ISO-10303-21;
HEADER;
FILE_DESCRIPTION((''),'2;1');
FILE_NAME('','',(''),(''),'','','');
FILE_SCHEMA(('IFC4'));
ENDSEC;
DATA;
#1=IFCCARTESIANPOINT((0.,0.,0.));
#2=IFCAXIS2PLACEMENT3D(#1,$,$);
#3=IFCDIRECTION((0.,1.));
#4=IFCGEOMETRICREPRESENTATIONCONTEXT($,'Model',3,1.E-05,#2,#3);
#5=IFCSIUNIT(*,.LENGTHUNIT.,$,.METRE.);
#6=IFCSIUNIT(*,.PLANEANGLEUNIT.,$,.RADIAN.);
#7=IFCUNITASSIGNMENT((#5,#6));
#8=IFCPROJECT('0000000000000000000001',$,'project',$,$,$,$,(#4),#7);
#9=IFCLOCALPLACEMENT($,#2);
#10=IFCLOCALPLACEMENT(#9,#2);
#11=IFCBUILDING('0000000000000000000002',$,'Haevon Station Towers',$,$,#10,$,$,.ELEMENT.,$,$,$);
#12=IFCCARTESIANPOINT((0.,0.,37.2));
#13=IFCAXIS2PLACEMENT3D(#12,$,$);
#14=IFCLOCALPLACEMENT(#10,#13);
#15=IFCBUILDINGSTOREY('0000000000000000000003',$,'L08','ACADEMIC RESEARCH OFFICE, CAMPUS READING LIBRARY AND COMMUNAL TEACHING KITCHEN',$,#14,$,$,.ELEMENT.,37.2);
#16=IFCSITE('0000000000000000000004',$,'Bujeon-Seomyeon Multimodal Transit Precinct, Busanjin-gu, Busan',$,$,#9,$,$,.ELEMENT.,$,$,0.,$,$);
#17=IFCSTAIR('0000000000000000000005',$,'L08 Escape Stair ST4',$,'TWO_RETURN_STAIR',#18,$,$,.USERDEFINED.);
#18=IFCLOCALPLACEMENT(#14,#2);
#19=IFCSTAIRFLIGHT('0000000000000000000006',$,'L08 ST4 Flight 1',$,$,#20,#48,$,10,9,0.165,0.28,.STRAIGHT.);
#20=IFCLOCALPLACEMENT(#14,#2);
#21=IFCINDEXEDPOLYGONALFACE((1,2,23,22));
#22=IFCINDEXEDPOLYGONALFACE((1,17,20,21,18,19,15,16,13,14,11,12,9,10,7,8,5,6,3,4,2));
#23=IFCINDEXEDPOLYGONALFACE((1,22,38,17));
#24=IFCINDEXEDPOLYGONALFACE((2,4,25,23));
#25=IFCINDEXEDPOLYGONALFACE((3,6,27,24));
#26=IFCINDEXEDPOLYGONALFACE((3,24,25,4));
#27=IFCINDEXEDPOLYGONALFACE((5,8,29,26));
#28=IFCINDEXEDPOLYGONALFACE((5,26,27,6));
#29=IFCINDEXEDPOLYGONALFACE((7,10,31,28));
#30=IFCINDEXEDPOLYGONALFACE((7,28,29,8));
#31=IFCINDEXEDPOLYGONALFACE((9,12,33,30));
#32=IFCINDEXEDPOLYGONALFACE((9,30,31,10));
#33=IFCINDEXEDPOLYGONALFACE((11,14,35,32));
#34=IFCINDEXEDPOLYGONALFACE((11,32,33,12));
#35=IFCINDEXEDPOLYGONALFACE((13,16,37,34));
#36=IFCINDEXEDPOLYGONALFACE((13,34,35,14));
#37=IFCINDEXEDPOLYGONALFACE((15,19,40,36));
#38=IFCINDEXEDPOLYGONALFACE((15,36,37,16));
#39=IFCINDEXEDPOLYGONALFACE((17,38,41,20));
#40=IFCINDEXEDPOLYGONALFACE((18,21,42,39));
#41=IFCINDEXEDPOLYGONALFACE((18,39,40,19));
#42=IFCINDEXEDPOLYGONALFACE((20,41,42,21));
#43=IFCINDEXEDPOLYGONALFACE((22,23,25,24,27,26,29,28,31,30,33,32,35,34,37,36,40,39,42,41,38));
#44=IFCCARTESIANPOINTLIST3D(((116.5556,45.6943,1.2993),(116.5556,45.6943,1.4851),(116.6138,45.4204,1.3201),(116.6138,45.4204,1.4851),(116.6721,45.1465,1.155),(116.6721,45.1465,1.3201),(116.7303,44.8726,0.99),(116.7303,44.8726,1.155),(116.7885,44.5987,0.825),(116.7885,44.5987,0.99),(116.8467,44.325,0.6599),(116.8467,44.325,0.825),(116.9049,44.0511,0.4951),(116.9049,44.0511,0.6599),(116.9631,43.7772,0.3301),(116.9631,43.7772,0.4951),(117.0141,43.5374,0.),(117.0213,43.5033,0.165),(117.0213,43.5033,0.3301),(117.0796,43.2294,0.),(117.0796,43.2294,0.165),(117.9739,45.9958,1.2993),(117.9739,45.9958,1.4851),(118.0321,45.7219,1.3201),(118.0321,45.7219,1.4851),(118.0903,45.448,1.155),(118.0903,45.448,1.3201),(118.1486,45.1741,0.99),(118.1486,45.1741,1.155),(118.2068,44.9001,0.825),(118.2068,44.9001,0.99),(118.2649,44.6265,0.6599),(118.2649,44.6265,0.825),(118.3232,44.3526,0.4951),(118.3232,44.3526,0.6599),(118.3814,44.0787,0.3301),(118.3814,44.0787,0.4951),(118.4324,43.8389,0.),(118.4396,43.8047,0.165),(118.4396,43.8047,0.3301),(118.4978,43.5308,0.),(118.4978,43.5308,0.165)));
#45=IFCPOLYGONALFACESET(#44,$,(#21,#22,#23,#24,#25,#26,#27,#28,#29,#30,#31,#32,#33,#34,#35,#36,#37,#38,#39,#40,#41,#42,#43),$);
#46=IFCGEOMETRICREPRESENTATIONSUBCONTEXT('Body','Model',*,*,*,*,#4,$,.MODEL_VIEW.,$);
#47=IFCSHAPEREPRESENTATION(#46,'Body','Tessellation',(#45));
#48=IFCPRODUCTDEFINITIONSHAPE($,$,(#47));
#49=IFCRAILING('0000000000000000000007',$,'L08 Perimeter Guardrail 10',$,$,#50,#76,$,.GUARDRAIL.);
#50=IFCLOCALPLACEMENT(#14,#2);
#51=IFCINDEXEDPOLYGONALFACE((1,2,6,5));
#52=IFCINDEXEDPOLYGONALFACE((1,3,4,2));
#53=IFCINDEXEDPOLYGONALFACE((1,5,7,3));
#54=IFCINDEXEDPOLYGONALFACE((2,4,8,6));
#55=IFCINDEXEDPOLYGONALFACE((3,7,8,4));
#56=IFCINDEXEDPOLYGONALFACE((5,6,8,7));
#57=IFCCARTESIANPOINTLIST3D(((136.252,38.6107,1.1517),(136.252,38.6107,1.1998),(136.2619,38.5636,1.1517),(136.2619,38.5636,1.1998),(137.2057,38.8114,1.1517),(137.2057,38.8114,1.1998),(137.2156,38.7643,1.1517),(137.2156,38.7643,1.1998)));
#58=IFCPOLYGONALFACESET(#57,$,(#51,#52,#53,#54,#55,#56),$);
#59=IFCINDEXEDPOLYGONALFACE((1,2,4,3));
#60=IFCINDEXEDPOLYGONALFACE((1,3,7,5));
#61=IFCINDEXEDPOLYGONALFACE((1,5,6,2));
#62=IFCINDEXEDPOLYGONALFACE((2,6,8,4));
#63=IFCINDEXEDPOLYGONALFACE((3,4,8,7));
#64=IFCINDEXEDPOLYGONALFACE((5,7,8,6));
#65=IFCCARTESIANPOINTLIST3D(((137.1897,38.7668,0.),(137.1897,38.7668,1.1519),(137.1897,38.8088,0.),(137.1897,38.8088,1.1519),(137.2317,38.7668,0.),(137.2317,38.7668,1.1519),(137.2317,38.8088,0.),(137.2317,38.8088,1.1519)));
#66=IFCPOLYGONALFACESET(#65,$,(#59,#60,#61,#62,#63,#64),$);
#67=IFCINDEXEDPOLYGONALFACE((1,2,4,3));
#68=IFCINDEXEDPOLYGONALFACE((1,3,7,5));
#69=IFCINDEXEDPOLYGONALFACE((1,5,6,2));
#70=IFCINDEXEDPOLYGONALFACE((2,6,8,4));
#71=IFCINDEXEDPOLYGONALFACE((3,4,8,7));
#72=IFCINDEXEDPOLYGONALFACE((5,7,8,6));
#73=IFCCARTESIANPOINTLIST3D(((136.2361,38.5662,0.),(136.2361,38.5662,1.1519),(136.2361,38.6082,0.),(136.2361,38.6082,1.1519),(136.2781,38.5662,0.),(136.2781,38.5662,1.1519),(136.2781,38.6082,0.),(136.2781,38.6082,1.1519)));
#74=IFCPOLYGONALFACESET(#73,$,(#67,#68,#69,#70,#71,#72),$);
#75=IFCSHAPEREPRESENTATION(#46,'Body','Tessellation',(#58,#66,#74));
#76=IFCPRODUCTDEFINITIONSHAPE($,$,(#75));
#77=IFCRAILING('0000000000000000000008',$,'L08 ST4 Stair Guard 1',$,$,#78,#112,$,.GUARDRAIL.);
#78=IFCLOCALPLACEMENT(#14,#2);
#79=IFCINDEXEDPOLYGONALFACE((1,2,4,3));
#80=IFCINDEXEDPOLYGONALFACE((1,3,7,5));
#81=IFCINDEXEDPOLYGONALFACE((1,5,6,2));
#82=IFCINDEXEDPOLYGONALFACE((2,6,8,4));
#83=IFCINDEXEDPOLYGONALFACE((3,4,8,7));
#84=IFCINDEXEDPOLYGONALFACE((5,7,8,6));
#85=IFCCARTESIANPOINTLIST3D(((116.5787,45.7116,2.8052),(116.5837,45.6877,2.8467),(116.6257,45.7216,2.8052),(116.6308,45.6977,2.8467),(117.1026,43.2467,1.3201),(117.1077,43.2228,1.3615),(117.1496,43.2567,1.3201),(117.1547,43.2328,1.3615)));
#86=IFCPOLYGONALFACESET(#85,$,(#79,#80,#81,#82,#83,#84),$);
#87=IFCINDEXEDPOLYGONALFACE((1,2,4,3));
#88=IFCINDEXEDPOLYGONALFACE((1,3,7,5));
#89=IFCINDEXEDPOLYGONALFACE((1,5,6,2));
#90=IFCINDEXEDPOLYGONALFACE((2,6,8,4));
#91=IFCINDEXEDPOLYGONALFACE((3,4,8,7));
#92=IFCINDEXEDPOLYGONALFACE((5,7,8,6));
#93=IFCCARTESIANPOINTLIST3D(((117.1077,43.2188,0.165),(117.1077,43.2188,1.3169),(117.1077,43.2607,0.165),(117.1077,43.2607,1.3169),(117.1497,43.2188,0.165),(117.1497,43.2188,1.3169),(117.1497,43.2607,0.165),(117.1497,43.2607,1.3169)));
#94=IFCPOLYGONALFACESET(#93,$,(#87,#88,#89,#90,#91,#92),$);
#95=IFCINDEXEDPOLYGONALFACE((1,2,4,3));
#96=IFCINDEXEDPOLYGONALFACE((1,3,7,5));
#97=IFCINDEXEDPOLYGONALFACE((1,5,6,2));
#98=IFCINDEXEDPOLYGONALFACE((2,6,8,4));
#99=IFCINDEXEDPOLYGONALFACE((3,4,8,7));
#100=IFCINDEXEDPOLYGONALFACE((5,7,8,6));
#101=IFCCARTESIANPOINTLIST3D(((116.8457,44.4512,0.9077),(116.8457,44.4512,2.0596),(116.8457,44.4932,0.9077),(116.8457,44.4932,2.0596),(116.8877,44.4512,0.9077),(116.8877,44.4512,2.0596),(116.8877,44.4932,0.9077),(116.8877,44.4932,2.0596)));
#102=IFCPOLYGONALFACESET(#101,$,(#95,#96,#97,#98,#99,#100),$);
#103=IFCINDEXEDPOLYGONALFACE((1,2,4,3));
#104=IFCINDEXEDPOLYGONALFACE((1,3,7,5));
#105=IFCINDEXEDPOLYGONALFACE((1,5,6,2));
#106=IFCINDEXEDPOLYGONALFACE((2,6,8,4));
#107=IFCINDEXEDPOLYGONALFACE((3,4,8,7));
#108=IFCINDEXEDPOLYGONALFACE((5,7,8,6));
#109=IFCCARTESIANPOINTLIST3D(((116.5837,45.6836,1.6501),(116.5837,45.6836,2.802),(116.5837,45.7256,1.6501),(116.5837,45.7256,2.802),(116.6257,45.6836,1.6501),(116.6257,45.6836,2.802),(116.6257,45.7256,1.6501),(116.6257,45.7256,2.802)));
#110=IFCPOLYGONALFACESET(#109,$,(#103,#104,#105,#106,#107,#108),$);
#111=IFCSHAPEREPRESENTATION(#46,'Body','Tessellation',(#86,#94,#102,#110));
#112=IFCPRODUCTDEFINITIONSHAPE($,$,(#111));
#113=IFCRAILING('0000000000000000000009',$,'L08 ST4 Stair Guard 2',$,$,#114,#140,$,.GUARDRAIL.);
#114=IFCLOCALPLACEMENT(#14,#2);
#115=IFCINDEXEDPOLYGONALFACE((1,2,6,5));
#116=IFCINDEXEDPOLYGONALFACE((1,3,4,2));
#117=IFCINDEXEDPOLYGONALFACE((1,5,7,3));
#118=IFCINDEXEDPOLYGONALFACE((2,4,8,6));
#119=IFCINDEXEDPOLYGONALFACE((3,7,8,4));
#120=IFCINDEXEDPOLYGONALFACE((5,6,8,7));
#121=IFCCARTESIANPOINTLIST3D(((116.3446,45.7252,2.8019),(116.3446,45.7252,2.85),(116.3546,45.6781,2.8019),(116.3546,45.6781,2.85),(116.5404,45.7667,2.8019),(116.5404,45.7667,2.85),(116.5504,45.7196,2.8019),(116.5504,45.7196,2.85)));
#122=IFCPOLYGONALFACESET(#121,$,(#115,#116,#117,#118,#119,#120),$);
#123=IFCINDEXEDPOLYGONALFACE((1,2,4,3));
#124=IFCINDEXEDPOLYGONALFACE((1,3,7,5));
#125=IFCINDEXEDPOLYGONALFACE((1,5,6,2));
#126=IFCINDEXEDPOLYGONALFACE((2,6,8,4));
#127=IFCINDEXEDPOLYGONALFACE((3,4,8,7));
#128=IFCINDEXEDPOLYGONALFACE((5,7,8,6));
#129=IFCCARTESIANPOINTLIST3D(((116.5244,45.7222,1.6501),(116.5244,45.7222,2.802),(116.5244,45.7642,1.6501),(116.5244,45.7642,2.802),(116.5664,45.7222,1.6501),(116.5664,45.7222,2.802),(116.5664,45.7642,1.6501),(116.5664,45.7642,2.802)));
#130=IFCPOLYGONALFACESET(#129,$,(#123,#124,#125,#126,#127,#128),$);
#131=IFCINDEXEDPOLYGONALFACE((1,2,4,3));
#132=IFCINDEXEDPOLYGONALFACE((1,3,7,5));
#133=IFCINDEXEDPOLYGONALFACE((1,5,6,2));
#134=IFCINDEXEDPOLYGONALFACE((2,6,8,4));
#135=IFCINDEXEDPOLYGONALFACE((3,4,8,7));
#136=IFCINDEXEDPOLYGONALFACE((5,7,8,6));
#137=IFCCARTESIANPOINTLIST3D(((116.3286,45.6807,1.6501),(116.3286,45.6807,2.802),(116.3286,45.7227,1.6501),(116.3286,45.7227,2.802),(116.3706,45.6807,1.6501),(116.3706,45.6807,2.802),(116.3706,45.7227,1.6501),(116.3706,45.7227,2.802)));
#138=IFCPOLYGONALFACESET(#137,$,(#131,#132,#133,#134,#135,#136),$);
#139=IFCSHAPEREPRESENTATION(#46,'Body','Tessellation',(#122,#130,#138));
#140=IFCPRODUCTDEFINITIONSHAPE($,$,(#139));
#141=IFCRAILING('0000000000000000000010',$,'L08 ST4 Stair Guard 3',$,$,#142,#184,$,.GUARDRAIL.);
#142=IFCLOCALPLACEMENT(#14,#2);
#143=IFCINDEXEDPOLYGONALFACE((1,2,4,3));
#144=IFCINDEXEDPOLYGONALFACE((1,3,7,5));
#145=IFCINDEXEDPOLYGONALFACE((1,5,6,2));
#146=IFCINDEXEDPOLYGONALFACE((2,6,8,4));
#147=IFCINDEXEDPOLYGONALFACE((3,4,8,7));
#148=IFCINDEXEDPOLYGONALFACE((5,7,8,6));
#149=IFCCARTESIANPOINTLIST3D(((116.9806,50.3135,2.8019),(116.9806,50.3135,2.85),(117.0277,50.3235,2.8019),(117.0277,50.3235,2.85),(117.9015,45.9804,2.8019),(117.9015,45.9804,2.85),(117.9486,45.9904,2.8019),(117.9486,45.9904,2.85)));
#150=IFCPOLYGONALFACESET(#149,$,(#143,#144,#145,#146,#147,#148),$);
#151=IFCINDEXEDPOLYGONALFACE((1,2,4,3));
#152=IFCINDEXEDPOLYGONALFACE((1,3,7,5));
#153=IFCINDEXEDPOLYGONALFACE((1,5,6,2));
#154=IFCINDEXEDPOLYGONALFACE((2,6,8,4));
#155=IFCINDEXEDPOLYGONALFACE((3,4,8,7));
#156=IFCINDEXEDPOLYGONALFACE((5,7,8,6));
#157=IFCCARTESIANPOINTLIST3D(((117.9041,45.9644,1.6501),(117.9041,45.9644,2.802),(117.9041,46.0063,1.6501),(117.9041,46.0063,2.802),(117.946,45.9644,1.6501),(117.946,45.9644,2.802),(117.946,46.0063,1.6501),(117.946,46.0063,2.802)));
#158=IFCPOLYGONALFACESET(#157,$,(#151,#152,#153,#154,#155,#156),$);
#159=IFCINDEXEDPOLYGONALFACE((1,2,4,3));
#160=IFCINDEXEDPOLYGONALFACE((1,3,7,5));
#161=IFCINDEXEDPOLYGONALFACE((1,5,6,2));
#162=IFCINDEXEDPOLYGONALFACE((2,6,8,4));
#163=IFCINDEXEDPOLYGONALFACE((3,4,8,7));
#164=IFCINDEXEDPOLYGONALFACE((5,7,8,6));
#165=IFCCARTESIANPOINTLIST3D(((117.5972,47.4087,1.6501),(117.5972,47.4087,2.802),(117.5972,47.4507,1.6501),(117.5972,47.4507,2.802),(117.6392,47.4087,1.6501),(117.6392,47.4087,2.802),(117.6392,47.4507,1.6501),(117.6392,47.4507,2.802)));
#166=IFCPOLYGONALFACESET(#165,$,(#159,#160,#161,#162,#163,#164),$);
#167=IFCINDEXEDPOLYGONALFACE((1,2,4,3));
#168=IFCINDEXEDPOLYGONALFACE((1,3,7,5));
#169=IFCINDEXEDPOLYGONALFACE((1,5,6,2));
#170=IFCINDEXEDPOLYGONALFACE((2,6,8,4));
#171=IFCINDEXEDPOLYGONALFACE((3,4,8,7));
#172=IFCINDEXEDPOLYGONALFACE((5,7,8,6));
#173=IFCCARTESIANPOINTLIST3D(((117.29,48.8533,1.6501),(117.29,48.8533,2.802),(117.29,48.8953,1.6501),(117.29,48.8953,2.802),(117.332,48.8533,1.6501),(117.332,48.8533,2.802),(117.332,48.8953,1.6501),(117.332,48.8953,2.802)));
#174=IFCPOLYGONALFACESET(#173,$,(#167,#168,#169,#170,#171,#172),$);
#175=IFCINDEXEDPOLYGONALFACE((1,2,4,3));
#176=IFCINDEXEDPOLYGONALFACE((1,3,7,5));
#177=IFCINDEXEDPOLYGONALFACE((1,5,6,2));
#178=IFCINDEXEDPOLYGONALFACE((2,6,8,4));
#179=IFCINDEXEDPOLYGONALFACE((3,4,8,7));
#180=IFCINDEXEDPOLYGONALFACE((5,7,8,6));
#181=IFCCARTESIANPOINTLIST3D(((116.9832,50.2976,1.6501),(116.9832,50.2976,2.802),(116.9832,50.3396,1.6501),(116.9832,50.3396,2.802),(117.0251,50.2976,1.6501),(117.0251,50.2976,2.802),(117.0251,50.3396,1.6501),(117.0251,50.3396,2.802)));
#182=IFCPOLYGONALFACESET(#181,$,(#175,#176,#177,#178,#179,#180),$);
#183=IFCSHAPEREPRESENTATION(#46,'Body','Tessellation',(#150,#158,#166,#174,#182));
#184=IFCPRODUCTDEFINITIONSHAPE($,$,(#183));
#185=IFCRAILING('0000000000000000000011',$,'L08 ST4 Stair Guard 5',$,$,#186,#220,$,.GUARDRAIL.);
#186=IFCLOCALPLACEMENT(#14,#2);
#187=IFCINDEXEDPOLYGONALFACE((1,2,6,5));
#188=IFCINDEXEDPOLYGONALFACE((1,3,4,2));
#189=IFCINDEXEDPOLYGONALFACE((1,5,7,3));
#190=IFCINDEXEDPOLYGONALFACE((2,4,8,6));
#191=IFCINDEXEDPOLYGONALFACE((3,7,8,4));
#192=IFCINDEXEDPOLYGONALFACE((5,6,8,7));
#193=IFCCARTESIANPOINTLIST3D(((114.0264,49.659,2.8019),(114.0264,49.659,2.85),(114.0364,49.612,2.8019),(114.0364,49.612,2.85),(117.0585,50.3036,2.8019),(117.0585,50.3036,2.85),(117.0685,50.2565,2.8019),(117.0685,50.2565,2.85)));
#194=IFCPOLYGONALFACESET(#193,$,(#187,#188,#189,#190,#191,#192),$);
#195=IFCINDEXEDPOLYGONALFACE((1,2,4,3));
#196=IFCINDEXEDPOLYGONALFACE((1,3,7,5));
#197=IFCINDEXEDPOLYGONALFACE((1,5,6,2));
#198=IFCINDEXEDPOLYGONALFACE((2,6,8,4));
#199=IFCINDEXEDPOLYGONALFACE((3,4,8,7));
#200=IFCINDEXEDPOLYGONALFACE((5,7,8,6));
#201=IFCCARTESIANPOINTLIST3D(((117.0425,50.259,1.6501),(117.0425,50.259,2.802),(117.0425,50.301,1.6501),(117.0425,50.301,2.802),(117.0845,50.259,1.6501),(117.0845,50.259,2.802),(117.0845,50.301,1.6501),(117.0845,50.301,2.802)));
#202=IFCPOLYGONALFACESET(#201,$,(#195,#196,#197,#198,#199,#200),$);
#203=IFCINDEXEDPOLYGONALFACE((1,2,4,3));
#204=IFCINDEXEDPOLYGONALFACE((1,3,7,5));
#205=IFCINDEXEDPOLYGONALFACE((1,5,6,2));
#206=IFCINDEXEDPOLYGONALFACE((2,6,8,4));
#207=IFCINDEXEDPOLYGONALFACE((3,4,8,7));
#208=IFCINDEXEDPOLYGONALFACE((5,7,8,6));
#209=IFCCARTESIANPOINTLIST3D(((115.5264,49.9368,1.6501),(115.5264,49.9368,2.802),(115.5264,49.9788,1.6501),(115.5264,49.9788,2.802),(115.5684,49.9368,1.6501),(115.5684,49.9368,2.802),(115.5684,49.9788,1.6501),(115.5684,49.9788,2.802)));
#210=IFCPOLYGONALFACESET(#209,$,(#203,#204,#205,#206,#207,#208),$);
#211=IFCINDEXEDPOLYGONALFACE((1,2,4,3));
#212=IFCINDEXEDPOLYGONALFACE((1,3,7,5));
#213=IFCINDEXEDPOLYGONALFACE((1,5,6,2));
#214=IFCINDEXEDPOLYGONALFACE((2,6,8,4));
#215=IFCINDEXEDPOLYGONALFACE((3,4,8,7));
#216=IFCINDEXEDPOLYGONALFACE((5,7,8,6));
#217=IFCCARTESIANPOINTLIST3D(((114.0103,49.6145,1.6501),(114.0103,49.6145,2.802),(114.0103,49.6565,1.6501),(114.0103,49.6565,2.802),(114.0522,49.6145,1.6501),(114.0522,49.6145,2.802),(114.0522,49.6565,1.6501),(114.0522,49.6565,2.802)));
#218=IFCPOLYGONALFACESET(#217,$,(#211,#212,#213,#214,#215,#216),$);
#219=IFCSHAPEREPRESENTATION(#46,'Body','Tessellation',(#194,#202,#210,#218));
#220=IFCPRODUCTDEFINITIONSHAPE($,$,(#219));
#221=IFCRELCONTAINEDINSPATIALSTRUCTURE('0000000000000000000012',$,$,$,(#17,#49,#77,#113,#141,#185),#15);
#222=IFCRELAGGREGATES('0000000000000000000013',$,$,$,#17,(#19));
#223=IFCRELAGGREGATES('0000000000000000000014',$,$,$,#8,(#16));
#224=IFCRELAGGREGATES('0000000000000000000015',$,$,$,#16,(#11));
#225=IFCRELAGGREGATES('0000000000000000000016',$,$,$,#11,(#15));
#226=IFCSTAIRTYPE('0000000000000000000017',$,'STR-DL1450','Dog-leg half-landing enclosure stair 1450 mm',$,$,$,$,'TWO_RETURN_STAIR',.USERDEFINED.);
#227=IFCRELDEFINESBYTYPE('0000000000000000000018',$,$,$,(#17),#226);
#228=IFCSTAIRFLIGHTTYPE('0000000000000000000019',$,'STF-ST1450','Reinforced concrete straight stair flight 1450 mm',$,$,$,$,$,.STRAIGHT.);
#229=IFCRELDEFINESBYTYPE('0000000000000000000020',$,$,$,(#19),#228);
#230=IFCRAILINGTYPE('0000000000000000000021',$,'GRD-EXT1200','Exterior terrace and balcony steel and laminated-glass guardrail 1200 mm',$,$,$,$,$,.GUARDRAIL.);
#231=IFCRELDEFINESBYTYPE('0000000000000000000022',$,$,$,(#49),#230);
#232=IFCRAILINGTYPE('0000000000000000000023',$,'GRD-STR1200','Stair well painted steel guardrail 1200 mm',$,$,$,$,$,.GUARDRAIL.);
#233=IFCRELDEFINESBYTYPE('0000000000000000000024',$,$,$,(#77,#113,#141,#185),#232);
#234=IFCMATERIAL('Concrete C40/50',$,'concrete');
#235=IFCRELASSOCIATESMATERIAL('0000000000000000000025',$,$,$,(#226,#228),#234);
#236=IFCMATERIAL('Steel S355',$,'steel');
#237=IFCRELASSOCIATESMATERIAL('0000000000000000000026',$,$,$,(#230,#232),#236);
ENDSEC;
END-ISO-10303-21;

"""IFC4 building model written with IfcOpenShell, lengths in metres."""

from ifc_helpers import new_model, si_unit, direction, frame, origin, origin_2d, place, context, subcontext, project, spatial, polyline, rectangle, outline, extrude, material, type_object, element, aggregate, save


model = new_model("IFC4")

# Units and contexts
model_context = context("Model", 3, precision=1e-05, world=origin(), true_north=direction((0.0, 1.0)))
body_context = subcontext(model_context, "Body", "Model", "MODEL_VIEW")
ifc_project = project(units=[si_unit("LENGTHUNIT", "METRE"), si_unit("PLANEANGLEUNIT", "RADIAN")], contexts=[model_context])

# Site, building, storey
site_placement = place(None, origin())
site = spatial("IfcSite", under=ifc_project, at=site_placement, Name="Bujeon-Seomyeon Multimodal Transit Precinct, Busanjin-gu, Busan", CompositionType="ELEMENT", RefElevation=0.0)
building_placement = place(site_placement, origin())
building = spatial("IfcBuilding", under=site, at=building_placement, Name="Haevon Station Towers", CompositionType="ELEMENT")
storey_placement = place(building_placement, frame((0.0, 0.0, 37.2)))
storey = spatial("IfcBuildingStorey", under=building, at=storey_placement, Name="L08", Description="ACADEMIC RESEARCH OFFICE, CAMPUS READING LIBRARY AND COMMUNAL TEACHING KITCHEN", CompositionType="ELEMENT", Elevation=37.2)

# Shared definitions
ifc_material_1 = material(Name="Steel S355", Category="steel")

# Stair, stair flight
ifc_material_2 = material(Name="Concrete C40/50", Category="concrete")
stair_type = type_object("IfcStairType", Name="STR-DL1450", Description="Dog-leg half-landing enclosure stair 1450 mm", ElementType="TWO_RETURN_STAIR", PredefinedType="USERDEFINED", material=ifc_material_2)
stair_placement = place(storey_placement, origin())
stair = element("IfcStair", 1, at=stair_placement, inside=storey, type_object=stair_type, Name="L08 Escape Stair ST4", ObjectType="TWO_RETURN_STAIR", PredefinedType="USERDEFINED")
stair_flight_type = type_object("IfcStairFlightType", Name="STF-ST1450", Description="Reinforced concrete straight stair flight 1450 mm", PredefinedType="STRAIGHT", material=ifc_material_2)
stair_flight_placement = place(storey_placement, frame((117.7888, 43.3801, 0.0), z_axis=(0.0, 0.0, 1.0), x_axis=(-0.207912, 0.978148, 0.0)))
stair_flight = element("IfcStairFlight", 2, at=stair_flight_placement, type_object=stair_flight_type, Name="L08 ST4 Flight 1", NumberOfRisers=10, NumberOfTreads=9, PredefinedType="STRAIGHT", RiserHeight=0.165, TreadLength=0.28, context=body_context, shape_type="SweptSolid", body=[
    extrude(outline(polyline([(0.0, 0.0), (0.0, 0.165), (0.28, 0.165), (0.28, 0.3301), (0.5601, 0.3301), (0.5601, 0.4951), (0.8401, 0.4951), (0.8401, 0.6599), (1.1201, 0.6599), (1.1201, 0.825), (1.3999, 0.825), (1.3999, 0.99), (1.6799, 0.99), (1.6799, 1.155), (1.96, 1.155), (1.96, 1.3201), (2.24, 1.3201), (2.24, 1.4851), (2.52, 1.4851), (2.52, 1.6499), (2.52, 1.2993), (0.3149, 0.0), (0.0, 0.0)])), frame((0.0, 0.7251, 0.0), z_axis=(0.0, -1.0, 0.0), x_axis=(1.0, 0.0, 0.0)), (0.0, 0.0, 1.0), 1.45),
])
aggregate(stair, [stair_flight])

# Railings
railing_type_1 = type_object("IfcRailingType", Name="GRD-EXT1200", Description="Exterior terrace and balcony steel and laminated-glass guardrail 1200 mm", PredefinedType="GUARDRAIL", material=ifc_material_1)
railing_1_placement = place(storey_placement, frame((137.2107, 38.7878, 0.0)))
element("IfcRailing", 3, at=railing_1_placement, inside=storey, type_object=railing_type_1, Name="L08 Perimeter Guardrail 10", PredefinedType="GUARDRAIL", context=body_context, shape_type="SweptSolid", body=[
    extrude(rectangle(XDim=0.0481, YDim=0.0481, at=origin_2d()), frame((0.0, 0.0, 1.1758), z_axis=(-0.978566, -0.205935, 0.0), x_axis=(0.205935, -0.978566, 0.0)), (0.0, 0.0, 1.0), 0.9746),
    extrude(rectangle(XDim=0.042, YDim=0.042, at=origin_2d()), origin(), (0.0, 0.0, 1.0), 1.1519),
    extrude(rectangle(XDim=0.042, YDim=0.042, at=origin_2d()), frame((-0.9536, -0.2007, 0.0)), (0.0, 0.0, 1.0), 1.1519),
])
railing_type_2 = type_object("IfcRailingType", Name="GRD-STR1200", Description="Stair well painted steel guardrail 1200 mm", PredefinedType="GUARDRAIL", material=ifc_material_1)
railing_2_placement = place(storey_placement, frame((117.1287, 43.2397, 0.165)))
element("IfcRailing", 4, at=railing_2_placement, inside=storey, type_object=railing_type_2, Name="L08 ST4 Stair Guard 1", PredefinedType="GUARDRAIL", context=body_context, shape_type="SweptSolid", body=[
    extrude(rectangle(XDim=0.0481, YDim=0.0481, at=origin_2d()), frame((0.0, 0.0, 1.1758), z_axis=(-0.179121, 0.842688, 0.507733), x_axis=(-0.978147, -0.207914, 0.0)), (0.0, 0.0, 1.0), 2.925),
    extrude(rectangle(XDim=0.042, YDim=0.042, at=origin_2d()), origin(), (0.0, 0.0, 1.0), 1.1519),
    extrude(rectangle(XDim=0.042, YDim=0.042, at=origin_2d()), frame((-0.262, 1.2324, 0.7427)), (0.0, 0.0, 1.0), 1.1519),
    extrude(rectangle(XDim=0.042, YDim=0.042, at=origin_2d()), frame((-0.5239, 2.4648, 1.4851)), (0.0, 0.0, 1.0), 1.1519),
])
railing_3_placement = place(storey_placement, frame((116.5454, 45.7432, 1.6501)))
element("IfcRailing", 5, at=railing_3_placement, inside=storey, type_object=railing_type_2, Name="L08 ST4 Stair Guard 2", PredefinedType="GUARDRAIL", context=body_context, shape_type="SweptSolid", body=[
    extrude(rectangle(XDim=0.0481, YDim=0.0481, at=origin_2d()), frame((0.0, 0.0, 1.1758), z_axis=(-0.978264, -0.207363, 0.0), x_axis=(0.207363, -0.978264, 0.0)), (0.0, 0.0, 1.0), 0.2002),
    extrude(rectangle(XDim=0.042, YDim=0.042, at=origin_2d()), origin(), (0.0, 0.0, 1.0), 1.1519),
    extrude(rectangle(XDim=0.042, YDim=0.042, at=origin_2d()), frame((-0.1958, -0.0415, 0.0)), (0.0, 0.0, 1.0), 1.1519),
])
railing_4_placement = place(storey_placement, frame((117.925, 45.9854, 1.6501)))
element("IfcRailing", 6, at=railing_4_placement, inside=storey, type_object=railing_type_2, Name="L08 ST4 Stair Guard 3", PredefinedType="GUARDRAIL", context=body_context, shape_type="SweptSolid", body=[
    extrude(rectangle(XDim=0.0481, YDim=0.0481, at=origin_2d()), frame((0.0, 0.0, 1.1758), z_axis=(-0.207877, 0.978155, 0.0), x_axis=(-0.978155, -0.207877, 0.0)), (0.0, 0.0, 1.0), 4.4299),
    extrude(rectangle(XDim=0.042, YDim=0.042, at=origin_2d()), origin(), (0.0, 0.0, 1.0), 1.1519),
    extrude(rectangle(XDim=0.042, YDim=0.042, at=origin_2d()), frame((-0.3069, 1.4443, 0.0)), (0.0, 0.0, 1.0), 1.1519),
    extrude(rectangle(XDim=0.042, YDim=0.042, at=origin_2d()), frame((-0.614, 2.8889, 0.0)), (0.0, 0.0, 1.0), 1.1519),
    extrude(rectangle(XDim=0.042, YDim=0.042, at=origin_2d()), frame((-0.9209, 4.3333, 0.0)), (0.0, 0.0, 1.0), 1.1519),
])
railing_5_placement = place(storey_placement, frame((117.0635, 50.28, 1.6501)))
element("IfcRailing", 7, at=railing_5_placement, inside=storey, type_object=railing_type_2, Name="L08 ST4 Stair Guard 5", PredefinedType="GUARDRAIL", context=body_context, shape_type="SweptSolid", body=[
    extrude(rectangle(XDim=0.0481, YDim=0.0481, at=origin_2d()), frame((0.0, 0.0, 1.1758), z_axis=(-0.978147, -0.207915, 0.0), x_axis=(0.207915, -0.978147, 0.0)), (0.0, 0.0, 1.0), 3.0999),
    extrude(rectangle(XDim=0.042, YDim=0.042, at=origin_2d()), origin(), (0.0, 0.0, 1.0), 1.1519),
    extrude(rectangle(XDim=0.042, YDim=0.042, at=origin_2d()), frame((-1.5161, -0.3223, 0.0)), (0.0, 0.0, 1.0), 1.1519),
    extrude(rectangle(XDim=0.042, YDim=0.042, at=origin_2d()), frame((-3.0322, -0.6445, 0.0)), (0.0, 0.0, 1.0), 1.1519),
])

save(model, "model.ifc")
